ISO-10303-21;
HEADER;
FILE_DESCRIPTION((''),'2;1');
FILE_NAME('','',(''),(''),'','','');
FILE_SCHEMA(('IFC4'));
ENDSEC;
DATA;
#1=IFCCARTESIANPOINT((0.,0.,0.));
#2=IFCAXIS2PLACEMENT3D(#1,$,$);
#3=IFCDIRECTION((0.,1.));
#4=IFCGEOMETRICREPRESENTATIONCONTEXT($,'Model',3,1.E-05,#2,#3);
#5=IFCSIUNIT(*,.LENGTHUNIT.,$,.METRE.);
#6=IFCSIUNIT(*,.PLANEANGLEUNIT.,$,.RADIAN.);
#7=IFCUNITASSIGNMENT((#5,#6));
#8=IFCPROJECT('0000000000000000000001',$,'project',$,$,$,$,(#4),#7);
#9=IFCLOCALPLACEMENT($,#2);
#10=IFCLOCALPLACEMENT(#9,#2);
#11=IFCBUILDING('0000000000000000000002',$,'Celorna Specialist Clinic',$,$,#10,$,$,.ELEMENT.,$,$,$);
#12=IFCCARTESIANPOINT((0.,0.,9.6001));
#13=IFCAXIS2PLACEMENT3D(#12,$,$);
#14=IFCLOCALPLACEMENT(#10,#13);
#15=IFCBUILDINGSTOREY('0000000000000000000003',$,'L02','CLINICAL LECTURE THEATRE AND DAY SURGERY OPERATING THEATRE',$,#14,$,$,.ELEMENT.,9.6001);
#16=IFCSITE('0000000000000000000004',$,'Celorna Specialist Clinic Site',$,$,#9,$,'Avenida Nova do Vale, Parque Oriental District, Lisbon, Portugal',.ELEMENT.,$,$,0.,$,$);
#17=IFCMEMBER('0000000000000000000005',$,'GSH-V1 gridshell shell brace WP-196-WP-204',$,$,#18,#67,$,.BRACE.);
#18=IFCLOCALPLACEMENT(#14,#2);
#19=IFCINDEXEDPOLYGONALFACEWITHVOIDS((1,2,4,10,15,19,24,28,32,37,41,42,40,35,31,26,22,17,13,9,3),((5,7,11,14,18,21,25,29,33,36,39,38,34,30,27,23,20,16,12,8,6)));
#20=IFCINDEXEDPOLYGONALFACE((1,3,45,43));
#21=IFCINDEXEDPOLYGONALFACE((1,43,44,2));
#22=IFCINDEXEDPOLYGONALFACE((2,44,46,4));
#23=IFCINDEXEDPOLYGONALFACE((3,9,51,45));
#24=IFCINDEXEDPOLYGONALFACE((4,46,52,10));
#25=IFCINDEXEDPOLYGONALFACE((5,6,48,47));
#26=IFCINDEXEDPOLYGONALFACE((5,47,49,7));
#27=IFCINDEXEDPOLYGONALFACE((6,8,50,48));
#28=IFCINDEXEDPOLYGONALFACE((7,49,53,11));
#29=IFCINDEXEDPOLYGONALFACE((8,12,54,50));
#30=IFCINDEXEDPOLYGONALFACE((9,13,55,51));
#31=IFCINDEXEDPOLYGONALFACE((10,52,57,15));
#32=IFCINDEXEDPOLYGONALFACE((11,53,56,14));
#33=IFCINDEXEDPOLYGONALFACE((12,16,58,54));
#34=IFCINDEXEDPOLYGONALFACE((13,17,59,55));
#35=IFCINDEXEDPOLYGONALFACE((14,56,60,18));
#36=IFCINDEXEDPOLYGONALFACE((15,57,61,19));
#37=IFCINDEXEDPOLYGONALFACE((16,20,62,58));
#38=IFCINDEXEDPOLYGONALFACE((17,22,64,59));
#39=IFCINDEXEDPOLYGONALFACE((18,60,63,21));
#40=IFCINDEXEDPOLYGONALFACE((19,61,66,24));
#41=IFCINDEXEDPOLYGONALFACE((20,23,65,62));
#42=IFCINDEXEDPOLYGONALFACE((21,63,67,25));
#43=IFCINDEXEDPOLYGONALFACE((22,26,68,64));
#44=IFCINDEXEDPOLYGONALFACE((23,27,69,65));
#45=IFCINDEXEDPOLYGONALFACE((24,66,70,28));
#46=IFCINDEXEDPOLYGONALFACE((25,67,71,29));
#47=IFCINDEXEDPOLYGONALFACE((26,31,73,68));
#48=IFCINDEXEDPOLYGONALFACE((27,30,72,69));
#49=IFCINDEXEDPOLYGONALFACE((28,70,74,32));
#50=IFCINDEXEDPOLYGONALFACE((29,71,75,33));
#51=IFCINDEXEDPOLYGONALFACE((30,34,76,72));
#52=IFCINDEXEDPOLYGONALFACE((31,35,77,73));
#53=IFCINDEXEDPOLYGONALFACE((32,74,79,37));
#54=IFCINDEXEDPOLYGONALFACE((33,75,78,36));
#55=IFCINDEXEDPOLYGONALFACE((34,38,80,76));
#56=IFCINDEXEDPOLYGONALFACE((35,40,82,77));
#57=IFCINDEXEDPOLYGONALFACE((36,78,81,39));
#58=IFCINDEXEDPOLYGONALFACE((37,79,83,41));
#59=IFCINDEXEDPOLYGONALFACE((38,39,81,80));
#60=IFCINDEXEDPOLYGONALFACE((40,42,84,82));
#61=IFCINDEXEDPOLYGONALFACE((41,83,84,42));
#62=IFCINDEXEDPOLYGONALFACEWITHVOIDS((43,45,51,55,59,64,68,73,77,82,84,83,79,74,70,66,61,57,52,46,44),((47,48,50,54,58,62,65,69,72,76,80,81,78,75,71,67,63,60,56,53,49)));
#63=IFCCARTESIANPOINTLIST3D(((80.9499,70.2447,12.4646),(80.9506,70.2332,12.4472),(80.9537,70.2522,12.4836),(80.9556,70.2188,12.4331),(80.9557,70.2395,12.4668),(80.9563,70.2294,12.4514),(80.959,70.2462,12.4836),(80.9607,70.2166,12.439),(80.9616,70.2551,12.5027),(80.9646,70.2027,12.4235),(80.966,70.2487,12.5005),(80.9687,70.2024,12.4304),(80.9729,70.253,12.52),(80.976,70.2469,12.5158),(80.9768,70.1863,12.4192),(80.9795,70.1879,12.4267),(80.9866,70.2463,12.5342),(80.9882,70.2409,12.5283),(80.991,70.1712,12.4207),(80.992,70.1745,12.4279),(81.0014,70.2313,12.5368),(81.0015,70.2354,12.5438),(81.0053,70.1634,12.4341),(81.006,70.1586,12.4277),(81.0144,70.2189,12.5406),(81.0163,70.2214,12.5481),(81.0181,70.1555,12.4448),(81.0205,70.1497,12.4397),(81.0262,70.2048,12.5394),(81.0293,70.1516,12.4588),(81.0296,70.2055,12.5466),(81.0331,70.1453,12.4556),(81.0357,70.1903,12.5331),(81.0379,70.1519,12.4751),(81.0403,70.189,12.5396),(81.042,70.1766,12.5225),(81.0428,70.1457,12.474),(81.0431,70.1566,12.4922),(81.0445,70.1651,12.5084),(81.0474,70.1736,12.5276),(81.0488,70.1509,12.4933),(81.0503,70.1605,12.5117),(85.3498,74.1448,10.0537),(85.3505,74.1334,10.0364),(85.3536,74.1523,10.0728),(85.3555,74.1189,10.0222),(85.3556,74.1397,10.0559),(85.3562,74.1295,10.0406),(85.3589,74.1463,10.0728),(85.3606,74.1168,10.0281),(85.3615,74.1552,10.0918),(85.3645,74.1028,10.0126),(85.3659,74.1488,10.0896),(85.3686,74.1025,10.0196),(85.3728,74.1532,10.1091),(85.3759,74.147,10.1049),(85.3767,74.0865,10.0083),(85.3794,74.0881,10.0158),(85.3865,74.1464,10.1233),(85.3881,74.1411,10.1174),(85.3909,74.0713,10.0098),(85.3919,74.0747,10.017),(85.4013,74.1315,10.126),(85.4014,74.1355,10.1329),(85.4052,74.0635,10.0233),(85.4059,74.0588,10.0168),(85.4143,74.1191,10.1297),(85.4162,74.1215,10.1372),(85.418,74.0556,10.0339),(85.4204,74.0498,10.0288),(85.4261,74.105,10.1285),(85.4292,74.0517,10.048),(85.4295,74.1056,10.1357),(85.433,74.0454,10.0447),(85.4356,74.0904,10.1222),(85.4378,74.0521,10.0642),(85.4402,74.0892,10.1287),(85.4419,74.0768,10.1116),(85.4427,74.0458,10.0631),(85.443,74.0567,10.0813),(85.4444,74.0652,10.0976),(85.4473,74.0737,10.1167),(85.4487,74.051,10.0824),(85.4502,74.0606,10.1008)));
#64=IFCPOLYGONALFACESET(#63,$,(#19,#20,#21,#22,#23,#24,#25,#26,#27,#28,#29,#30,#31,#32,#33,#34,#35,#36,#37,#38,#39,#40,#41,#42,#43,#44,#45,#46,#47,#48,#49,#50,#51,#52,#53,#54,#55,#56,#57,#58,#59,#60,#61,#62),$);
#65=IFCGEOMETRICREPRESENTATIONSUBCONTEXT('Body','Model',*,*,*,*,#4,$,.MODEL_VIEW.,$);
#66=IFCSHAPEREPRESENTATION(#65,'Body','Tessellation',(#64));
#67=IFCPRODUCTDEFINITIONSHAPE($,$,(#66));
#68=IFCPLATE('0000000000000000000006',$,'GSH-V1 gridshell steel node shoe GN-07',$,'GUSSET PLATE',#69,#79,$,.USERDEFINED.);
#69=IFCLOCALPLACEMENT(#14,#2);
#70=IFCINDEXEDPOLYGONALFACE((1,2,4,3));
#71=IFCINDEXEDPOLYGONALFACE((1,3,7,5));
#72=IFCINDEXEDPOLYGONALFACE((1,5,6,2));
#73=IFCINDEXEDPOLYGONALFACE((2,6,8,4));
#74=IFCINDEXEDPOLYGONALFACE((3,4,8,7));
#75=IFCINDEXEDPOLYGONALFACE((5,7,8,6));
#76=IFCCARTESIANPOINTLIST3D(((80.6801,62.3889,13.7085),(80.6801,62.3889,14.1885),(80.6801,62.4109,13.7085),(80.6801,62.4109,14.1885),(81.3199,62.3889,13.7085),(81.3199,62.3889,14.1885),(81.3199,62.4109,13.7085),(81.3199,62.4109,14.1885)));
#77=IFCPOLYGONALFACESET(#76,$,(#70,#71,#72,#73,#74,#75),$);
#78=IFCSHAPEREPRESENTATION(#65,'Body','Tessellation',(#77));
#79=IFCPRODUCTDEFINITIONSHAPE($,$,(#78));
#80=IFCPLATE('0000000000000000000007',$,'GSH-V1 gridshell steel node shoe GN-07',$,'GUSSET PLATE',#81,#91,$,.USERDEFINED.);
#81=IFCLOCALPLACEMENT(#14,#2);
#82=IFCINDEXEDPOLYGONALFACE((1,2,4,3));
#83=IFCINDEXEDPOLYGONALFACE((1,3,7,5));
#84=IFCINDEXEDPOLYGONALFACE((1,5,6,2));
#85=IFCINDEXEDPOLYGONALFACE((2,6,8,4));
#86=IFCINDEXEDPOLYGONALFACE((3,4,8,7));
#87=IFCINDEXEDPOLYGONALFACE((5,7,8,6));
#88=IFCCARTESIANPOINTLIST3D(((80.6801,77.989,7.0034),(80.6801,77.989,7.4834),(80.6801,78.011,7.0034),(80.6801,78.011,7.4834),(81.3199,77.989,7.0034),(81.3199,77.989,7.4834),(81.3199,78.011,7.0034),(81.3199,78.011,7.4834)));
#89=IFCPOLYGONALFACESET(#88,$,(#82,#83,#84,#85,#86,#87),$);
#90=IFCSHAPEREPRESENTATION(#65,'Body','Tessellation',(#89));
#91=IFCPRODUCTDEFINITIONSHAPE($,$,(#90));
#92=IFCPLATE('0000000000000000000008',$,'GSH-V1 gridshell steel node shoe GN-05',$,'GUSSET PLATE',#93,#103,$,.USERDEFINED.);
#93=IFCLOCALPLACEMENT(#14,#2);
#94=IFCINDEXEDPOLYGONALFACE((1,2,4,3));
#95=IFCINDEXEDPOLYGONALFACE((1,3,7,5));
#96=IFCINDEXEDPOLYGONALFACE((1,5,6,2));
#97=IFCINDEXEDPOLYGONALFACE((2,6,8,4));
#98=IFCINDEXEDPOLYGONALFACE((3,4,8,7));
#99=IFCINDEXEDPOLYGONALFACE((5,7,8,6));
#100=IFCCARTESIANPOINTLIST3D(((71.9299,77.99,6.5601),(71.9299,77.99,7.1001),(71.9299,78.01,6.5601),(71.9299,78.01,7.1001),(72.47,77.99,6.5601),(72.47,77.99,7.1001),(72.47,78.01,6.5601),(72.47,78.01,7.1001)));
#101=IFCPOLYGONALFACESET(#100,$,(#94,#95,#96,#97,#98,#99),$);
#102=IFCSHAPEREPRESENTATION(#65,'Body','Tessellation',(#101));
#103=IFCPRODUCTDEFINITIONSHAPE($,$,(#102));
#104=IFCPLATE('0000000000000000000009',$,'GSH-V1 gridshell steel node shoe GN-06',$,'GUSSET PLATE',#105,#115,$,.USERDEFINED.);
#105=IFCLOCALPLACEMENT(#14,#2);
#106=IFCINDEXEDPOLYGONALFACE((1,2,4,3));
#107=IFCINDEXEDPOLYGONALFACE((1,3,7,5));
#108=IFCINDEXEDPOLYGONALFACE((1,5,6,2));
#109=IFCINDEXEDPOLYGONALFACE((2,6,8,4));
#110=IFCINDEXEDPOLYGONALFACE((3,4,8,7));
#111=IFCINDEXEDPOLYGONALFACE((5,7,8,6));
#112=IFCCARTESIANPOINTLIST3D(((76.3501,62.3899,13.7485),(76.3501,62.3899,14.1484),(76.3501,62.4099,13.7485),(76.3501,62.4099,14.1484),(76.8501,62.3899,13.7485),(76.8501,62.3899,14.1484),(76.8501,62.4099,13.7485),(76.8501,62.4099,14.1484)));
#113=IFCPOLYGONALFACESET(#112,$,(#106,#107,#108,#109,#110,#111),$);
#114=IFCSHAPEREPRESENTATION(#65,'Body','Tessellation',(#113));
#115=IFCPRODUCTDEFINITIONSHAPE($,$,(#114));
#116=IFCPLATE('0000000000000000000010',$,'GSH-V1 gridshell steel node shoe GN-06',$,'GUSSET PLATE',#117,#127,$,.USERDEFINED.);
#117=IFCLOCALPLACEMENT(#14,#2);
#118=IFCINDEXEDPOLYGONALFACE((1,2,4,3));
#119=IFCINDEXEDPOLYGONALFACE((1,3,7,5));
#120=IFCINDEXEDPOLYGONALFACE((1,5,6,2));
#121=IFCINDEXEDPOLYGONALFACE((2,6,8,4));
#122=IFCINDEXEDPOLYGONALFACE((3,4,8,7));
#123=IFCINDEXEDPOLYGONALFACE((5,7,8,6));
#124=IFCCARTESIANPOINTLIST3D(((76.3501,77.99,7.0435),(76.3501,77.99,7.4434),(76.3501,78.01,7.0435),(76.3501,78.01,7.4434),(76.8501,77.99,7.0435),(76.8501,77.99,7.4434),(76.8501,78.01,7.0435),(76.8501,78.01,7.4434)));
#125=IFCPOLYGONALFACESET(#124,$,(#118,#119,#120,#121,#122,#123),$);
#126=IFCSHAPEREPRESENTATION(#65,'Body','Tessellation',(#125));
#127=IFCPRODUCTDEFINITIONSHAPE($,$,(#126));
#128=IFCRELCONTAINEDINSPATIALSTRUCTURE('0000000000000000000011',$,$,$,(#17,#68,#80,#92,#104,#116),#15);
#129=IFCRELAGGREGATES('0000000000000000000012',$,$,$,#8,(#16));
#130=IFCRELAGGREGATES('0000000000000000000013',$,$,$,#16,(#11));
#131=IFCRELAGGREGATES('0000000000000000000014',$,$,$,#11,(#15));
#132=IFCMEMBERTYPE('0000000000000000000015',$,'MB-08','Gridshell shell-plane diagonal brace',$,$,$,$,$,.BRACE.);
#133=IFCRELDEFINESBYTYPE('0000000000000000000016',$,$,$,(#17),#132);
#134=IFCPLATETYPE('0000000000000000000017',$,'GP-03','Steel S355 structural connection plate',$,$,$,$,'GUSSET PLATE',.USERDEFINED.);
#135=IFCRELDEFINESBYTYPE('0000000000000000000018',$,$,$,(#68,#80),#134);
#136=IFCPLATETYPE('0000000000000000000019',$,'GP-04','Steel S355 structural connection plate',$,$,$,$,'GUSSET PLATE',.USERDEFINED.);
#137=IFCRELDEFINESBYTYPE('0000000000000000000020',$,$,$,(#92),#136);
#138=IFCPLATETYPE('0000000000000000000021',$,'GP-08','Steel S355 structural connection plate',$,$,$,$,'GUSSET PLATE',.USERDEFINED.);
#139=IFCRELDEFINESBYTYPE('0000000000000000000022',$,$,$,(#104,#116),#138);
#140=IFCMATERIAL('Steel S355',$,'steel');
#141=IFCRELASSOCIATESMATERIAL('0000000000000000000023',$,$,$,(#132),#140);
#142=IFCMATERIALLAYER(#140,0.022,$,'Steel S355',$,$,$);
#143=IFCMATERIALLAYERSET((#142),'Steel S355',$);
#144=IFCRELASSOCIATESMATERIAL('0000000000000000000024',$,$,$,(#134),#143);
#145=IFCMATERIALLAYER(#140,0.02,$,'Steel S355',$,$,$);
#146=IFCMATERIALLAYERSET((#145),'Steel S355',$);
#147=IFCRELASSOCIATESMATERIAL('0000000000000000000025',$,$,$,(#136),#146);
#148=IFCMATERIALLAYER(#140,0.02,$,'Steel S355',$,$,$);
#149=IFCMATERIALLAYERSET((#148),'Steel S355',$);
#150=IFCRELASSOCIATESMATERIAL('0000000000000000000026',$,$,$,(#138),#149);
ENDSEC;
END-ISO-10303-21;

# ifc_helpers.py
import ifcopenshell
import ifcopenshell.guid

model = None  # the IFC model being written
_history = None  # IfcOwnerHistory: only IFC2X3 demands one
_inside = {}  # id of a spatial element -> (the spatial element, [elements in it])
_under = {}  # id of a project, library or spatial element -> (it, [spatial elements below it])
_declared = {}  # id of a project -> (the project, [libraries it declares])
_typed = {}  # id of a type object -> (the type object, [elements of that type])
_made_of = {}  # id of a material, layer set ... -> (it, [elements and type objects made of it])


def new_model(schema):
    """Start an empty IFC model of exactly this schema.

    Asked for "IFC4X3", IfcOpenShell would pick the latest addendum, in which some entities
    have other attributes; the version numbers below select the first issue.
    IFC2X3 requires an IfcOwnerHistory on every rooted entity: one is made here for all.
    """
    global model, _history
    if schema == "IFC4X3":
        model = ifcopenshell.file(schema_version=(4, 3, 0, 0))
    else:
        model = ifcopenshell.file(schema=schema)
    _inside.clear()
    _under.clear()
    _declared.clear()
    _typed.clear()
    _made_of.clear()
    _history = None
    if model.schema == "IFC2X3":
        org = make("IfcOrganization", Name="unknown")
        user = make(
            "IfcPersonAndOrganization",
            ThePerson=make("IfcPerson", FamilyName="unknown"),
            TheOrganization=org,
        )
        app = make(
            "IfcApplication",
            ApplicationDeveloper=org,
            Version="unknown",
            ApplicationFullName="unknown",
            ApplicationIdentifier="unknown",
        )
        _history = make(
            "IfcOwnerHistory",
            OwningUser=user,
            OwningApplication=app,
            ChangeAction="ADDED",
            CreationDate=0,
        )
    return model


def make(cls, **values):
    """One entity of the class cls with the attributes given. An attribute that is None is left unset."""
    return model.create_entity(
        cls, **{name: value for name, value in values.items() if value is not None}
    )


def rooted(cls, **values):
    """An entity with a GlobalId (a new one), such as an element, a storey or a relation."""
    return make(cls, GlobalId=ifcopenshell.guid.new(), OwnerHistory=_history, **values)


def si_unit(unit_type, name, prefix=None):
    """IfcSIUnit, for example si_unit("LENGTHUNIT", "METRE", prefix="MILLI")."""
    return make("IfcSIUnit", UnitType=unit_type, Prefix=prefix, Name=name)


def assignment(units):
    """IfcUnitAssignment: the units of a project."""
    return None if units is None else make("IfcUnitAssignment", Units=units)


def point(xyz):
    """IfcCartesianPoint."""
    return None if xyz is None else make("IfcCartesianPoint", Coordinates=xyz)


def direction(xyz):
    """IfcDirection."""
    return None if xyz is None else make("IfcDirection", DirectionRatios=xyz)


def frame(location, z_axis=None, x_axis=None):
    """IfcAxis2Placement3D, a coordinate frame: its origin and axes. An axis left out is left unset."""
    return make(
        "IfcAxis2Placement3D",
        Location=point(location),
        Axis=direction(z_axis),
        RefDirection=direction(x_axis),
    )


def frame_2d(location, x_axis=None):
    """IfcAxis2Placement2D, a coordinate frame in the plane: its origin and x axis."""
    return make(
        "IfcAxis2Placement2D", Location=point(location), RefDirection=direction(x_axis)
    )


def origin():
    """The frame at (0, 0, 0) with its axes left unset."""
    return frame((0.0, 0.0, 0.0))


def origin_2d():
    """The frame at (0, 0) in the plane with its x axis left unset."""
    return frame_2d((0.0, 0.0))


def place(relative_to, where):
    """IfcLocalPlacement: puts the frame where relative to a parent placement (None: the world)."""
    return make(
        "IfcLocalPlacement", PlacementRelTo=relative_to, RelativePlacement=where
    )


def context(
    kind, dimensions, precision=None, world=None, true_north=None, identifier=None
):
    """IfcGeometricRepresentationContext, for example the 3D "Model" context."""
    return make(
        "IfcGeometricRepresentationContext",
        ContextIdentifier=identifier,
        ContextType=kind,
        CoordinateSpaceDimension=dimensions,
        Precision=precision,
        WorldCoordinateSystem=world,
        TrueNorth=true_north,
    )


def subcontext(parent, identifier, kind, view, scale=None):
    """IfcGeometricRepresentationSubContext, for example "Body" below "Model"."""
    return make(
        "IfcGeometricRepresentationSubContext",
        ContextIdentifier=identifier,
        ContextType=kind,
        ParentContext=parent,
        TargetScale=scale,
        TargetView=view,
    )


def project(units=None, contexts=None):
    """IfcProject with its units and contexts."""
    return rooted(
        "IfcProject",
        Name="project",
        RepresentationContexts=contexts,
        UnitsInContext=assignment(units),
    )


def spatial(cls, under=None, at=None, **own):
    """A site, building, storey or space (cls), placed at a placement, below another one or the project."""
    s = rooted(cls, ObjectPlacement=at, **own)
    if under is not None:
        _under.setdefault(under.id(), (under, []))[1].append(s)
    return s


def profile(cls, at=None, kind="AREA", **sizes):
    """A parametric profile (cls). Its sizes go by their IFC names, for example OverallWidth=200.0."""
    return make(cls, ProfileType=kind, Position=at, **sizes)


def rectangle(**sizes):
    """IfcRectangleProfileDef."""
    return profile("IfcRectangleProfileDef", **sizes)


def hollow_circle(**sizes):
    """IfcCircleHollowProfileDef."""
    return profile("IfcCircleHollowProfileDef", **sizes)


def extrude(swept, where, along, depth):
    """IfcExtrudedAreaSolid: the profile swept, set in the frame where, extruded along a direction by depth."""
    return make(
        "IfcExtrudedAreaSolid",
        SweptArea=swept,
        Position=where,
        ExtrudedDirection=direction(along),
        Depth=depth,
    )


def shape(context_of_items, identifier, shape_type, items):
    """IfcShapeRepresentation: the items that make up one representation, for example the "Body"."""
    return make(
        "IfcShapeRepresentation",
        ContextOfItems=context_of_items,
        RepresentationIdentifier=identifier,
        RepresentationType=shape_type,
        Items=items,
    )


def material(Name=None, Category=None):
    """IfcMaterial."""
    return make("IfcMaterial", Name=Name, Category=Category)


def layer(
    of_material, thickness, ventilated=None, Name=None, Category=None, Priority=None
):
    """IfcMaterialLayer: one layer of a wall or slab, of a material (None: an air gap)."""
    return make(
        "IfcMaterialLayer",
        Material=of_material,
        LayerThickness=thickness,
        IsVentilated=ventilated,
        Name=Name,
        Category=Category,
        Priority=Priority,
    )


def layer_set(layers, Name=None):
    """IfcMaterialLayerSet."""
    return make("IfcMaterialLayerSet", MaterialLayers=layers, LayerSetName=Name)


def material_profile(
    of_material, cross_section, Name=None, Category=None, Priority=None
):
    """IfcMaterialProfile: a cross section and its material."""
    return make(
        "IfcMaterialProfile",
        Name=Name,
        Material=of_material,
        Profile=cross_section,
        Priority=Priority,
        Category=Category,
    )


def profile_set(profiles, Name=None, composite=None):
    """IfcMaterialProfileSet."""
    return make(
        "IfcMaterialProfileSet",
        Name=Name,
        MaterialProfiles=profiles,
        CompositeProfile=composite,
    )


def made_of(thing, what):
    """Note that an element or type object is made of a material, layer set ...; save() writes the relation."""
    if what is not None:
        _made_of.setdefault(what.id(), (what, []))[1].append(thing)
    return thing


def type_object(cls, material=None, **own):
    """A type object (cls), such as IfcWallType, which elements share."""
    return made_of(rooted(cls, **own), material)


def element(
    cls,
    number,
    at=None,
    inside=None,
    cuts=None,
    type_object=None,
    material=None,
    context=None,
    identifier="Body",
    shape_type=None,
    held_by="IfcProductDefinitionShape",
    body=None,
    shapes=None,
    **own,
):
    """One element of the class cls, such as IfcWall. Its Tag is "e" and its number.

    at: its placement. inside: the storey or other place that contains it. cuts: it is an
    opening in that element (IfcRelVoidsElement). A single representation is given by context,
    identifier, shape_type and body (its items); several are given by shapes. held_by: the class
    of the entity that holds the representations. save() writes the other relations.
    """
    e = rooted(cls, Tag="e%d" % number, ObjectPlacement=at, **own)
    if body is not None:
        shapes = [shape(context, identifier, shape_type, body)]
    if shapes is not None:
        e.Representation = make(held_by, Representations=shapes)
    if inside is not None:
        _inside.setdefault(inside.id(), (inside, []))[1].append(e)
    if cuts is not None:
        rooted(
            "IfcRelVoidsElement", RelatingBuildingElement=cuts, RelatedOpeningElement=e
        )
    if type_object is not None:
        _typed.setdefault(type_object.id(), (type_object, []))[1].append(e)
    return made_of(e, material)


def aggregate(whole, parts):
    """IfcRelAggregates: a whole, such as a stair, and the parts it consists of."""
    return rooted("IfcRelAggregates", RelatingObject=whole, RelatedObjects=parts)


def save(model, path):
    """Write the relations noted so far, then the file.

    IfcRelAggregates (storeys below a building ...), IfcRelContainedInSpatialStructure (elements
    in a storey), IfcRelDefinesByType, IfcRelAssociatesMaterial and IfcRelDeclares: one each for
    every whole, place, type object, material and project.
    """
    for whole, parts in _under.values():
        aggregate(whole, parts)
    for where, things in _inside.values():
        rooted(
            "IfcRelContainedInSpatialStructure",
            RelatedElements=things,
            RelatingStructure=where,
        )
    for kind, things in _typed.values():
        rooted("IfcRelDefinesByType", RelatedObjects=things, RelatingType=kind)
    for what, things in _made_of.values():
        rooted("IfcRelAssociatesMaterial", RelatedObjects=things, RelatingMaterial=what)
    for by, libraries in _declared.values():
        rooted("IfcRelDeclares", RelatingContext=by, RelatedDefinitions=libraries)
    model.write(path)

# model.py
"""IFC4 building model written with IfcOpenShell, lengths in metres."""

from ifc_helpers import new_model, si_unit, direction, frame, origin, origin_2d, place, context, subcontext, project, spatial, rectangle, hollow_circle, extrude, material, layer, layer_set, material_profile, profile_set, type_object, element, save


model = new_model("IFC4")

# Units and contexts
model_context = context("Model", 3, precision=1e-05, world=origin(), true_north=direction((0.0, 1.0)))
body_context = subcontext(model_context, "Body", "Model", "MODEL_VIEW")
ifc_project = project(units=[si_unit("LENGTHUNIT", "METRE"), si_unit("PLANEANGLEUNIT", "RADIAN")], contexts=[model_context])

# Site, building, storey
site_placement = place(None, origin())
site = spatial("IfcSite", under=ifc_project, at=site_placement, Name="Celorna Specialist Clinic Site", LongName="Avenida Nova do Vale, Parque Oriental District, Lisbon, Portugal", CompositionType="ELEMENT", RefElevation=0.0)
building_placement = place(site_placement, origin())
building = spatial("IfcBuilding", under=site, at=building_placement, Name="Celorna Specialist Clinic", CompositionType="ELEMENT")
storey_placement = place(building_placement, frame((0.0, 0.0, 9.6001)))
storey = spatial("IfcBuildingStorey", under=building, at=storey_placement, Name="L02", Description="CLINICAL LECTURE THEATRE AND DAY SURGERY OPERATING THEATRE", CompositionType="ELEMENT", Elevation=9.6001)

# Shared definitions
ifc_material_1 = material(Name="Steel S355", Category="steel")

# Member
ifc_material_profile_1 = material_profile(ifc_material_1, hollow_circle(Radius=0.0698, WallThickness=0.0081, at=origin_2d()), Name="CHS 139.7x8")
ifc_profile_set_1 = profile_set([ifc_material_profile_1], Name="Steel S355")
member_type_1 = type_object("IfcMemberType", Name="MB-08", Description="Gridshell shell-plane diagonal brace", PredefinedType="BRACE", material=ifc_profile_set_1)
member_1_placement = place(storey_placement, frame((81.0, 70.2, 12.4836), z_axis=(0.692382, 0.613739, -0.379385), x_axis=(-0.66333, 0.748327, 0.0)))
element("IfcMember", 1, at=member_1_placement, inside=storey, type_object=member_type_1, Name="GSH-V1 gridshell shell brace WP-196-WP-204", PredefinedType="BRACE", context=body_context, shape_type="SweptSolid", body=[
    extrude(hollow_circle(Radius=0.0698, WallThickness=0.0081, at=origin_2d()), origin(), (0.0, 0.0, 1.0), 6.3547),
])

# Plates
ifc_layer_1 = layer(ifc_material_1, 0.022, Name="Steel S355")
ifc_layer_set_1 = layer_set([ifc_layer_1], Name="Steel S355")
plate_type_1 = type_object("IfcPlateType", Name="GP-03", Description="Steel S355 structural connection plate", ElementType="GUSSET PLATE", PredefinedType="USERDEFINED", material=ifc_layer_set_1)
for number, where, z_axis, x_axis, name in (
    (2, (81.0, 62.3999, 13.7085), (0.0, 0.0, 1.0), (1.0, 0.0, 0.0), "GSH-V1 gridshell steel node shoe GN-07"),
    (3, (81.0, 78.0, 7.0034), (0.0, 0.0, 1.0), (1.0, 0.0, 0.0), "GSH-V1 gridshell steel node shoe GN-07"),
):
    element("IfcPlate", number, at=place(storey_placement, frame(where, z_axis=z_axis, x_axis=x_axis)), inside=storey, type_object=plate_type_1, Name=name, ObjectType="GUSSET PLATE", PredefinedType="USERDEFINED", context=body_context, shape_type="SweptSolid", body=[
        extrude(rectangle(XDim=0.6399, YDim=0.022, at=origin_2d()), origin(), (0.0, 0.0, 1.0), 0.48),
    ])
ifc_layer_2 = layer(ifc_material_1, 0.02, Name="Steel S355")
ifc_layer_set_2 = layer_set([ifc_layer_2], Name="Steel S355")
plate_type_2 = type_object("IfcPlateType", Name="GP-04", Description="Steel S355 structural connection plate", ElementType="GUSSET PLATE", PredefinedType="USERDEFINED", material=ifc_layer_set_2)
plate_placement = place(storey_placement, frame((72.2, 78.0, 6.5601), z_axis=(0.0, 0.0, 1.0), x_axis=(1.0, 0.0, 0.0)))
element("IfcPlate", 4, at=plate_placement, inside=storey, type_object=plate_type_2, Name="GSH-V1 gridshell steel node shoe GN-05", ObjectType="GUSSET PLATE", PredefinedType="USERDEFINED", context=body_context, shape_type="SweptSolid", body=[
    extrude(rectangle(XDim=0.54, YDim=0.02, at=origin_2d()), origin(), (0.0, 0.0, 1.0), 0.54),
])
ifc_layer_3 = layer(ifc_material_1, 0.02, Name="Steel S355")
ifc_layer_set_3 = layer_set([ifc_layer_3], Name="Steel S355")
plate_type_3 = type_object("IfcPlateType", Name="GP-08", Description="Steel S355 structural connection plate", ElementType="GUSSET PLATE", PredefinedType="USERDEFINED", material=ifc_layer_set_3)
for number, where, z_axis, x_axis, name in (
    (5, (76.6001, 62.3999, 13.7485), (0.0, 0.0, 1.0), (1.0, 0.0, 0.0), "GSH-V1 gridshell steel node shoe GN-06"),
    (6, (76.6001, 78.0, 7.0435), (0.0, 0.0, 1.0), (1.0, 0.0, 0.0), "GSH-V1 gridshell steel node shoe GN-06"),
):
    element("IfcPlate", number, at=place(storey_placement, frame(where, z_axis=z_axis, x_axis=x_axis)), inside=storey, type_object=plate_type_3, Name=name, ObjectType="GUSSET PLATE", PredefinedType="USERDEFINED", context=body_context, shape_type="SweptSolid", body=[
        extrude(rectangle(XDim=0.5, YDim=0.02, at=origin_2d()), origin(), (0.0, 0.0, 1.0), 0.3999),
    ])

save(model, "model.ifc")
